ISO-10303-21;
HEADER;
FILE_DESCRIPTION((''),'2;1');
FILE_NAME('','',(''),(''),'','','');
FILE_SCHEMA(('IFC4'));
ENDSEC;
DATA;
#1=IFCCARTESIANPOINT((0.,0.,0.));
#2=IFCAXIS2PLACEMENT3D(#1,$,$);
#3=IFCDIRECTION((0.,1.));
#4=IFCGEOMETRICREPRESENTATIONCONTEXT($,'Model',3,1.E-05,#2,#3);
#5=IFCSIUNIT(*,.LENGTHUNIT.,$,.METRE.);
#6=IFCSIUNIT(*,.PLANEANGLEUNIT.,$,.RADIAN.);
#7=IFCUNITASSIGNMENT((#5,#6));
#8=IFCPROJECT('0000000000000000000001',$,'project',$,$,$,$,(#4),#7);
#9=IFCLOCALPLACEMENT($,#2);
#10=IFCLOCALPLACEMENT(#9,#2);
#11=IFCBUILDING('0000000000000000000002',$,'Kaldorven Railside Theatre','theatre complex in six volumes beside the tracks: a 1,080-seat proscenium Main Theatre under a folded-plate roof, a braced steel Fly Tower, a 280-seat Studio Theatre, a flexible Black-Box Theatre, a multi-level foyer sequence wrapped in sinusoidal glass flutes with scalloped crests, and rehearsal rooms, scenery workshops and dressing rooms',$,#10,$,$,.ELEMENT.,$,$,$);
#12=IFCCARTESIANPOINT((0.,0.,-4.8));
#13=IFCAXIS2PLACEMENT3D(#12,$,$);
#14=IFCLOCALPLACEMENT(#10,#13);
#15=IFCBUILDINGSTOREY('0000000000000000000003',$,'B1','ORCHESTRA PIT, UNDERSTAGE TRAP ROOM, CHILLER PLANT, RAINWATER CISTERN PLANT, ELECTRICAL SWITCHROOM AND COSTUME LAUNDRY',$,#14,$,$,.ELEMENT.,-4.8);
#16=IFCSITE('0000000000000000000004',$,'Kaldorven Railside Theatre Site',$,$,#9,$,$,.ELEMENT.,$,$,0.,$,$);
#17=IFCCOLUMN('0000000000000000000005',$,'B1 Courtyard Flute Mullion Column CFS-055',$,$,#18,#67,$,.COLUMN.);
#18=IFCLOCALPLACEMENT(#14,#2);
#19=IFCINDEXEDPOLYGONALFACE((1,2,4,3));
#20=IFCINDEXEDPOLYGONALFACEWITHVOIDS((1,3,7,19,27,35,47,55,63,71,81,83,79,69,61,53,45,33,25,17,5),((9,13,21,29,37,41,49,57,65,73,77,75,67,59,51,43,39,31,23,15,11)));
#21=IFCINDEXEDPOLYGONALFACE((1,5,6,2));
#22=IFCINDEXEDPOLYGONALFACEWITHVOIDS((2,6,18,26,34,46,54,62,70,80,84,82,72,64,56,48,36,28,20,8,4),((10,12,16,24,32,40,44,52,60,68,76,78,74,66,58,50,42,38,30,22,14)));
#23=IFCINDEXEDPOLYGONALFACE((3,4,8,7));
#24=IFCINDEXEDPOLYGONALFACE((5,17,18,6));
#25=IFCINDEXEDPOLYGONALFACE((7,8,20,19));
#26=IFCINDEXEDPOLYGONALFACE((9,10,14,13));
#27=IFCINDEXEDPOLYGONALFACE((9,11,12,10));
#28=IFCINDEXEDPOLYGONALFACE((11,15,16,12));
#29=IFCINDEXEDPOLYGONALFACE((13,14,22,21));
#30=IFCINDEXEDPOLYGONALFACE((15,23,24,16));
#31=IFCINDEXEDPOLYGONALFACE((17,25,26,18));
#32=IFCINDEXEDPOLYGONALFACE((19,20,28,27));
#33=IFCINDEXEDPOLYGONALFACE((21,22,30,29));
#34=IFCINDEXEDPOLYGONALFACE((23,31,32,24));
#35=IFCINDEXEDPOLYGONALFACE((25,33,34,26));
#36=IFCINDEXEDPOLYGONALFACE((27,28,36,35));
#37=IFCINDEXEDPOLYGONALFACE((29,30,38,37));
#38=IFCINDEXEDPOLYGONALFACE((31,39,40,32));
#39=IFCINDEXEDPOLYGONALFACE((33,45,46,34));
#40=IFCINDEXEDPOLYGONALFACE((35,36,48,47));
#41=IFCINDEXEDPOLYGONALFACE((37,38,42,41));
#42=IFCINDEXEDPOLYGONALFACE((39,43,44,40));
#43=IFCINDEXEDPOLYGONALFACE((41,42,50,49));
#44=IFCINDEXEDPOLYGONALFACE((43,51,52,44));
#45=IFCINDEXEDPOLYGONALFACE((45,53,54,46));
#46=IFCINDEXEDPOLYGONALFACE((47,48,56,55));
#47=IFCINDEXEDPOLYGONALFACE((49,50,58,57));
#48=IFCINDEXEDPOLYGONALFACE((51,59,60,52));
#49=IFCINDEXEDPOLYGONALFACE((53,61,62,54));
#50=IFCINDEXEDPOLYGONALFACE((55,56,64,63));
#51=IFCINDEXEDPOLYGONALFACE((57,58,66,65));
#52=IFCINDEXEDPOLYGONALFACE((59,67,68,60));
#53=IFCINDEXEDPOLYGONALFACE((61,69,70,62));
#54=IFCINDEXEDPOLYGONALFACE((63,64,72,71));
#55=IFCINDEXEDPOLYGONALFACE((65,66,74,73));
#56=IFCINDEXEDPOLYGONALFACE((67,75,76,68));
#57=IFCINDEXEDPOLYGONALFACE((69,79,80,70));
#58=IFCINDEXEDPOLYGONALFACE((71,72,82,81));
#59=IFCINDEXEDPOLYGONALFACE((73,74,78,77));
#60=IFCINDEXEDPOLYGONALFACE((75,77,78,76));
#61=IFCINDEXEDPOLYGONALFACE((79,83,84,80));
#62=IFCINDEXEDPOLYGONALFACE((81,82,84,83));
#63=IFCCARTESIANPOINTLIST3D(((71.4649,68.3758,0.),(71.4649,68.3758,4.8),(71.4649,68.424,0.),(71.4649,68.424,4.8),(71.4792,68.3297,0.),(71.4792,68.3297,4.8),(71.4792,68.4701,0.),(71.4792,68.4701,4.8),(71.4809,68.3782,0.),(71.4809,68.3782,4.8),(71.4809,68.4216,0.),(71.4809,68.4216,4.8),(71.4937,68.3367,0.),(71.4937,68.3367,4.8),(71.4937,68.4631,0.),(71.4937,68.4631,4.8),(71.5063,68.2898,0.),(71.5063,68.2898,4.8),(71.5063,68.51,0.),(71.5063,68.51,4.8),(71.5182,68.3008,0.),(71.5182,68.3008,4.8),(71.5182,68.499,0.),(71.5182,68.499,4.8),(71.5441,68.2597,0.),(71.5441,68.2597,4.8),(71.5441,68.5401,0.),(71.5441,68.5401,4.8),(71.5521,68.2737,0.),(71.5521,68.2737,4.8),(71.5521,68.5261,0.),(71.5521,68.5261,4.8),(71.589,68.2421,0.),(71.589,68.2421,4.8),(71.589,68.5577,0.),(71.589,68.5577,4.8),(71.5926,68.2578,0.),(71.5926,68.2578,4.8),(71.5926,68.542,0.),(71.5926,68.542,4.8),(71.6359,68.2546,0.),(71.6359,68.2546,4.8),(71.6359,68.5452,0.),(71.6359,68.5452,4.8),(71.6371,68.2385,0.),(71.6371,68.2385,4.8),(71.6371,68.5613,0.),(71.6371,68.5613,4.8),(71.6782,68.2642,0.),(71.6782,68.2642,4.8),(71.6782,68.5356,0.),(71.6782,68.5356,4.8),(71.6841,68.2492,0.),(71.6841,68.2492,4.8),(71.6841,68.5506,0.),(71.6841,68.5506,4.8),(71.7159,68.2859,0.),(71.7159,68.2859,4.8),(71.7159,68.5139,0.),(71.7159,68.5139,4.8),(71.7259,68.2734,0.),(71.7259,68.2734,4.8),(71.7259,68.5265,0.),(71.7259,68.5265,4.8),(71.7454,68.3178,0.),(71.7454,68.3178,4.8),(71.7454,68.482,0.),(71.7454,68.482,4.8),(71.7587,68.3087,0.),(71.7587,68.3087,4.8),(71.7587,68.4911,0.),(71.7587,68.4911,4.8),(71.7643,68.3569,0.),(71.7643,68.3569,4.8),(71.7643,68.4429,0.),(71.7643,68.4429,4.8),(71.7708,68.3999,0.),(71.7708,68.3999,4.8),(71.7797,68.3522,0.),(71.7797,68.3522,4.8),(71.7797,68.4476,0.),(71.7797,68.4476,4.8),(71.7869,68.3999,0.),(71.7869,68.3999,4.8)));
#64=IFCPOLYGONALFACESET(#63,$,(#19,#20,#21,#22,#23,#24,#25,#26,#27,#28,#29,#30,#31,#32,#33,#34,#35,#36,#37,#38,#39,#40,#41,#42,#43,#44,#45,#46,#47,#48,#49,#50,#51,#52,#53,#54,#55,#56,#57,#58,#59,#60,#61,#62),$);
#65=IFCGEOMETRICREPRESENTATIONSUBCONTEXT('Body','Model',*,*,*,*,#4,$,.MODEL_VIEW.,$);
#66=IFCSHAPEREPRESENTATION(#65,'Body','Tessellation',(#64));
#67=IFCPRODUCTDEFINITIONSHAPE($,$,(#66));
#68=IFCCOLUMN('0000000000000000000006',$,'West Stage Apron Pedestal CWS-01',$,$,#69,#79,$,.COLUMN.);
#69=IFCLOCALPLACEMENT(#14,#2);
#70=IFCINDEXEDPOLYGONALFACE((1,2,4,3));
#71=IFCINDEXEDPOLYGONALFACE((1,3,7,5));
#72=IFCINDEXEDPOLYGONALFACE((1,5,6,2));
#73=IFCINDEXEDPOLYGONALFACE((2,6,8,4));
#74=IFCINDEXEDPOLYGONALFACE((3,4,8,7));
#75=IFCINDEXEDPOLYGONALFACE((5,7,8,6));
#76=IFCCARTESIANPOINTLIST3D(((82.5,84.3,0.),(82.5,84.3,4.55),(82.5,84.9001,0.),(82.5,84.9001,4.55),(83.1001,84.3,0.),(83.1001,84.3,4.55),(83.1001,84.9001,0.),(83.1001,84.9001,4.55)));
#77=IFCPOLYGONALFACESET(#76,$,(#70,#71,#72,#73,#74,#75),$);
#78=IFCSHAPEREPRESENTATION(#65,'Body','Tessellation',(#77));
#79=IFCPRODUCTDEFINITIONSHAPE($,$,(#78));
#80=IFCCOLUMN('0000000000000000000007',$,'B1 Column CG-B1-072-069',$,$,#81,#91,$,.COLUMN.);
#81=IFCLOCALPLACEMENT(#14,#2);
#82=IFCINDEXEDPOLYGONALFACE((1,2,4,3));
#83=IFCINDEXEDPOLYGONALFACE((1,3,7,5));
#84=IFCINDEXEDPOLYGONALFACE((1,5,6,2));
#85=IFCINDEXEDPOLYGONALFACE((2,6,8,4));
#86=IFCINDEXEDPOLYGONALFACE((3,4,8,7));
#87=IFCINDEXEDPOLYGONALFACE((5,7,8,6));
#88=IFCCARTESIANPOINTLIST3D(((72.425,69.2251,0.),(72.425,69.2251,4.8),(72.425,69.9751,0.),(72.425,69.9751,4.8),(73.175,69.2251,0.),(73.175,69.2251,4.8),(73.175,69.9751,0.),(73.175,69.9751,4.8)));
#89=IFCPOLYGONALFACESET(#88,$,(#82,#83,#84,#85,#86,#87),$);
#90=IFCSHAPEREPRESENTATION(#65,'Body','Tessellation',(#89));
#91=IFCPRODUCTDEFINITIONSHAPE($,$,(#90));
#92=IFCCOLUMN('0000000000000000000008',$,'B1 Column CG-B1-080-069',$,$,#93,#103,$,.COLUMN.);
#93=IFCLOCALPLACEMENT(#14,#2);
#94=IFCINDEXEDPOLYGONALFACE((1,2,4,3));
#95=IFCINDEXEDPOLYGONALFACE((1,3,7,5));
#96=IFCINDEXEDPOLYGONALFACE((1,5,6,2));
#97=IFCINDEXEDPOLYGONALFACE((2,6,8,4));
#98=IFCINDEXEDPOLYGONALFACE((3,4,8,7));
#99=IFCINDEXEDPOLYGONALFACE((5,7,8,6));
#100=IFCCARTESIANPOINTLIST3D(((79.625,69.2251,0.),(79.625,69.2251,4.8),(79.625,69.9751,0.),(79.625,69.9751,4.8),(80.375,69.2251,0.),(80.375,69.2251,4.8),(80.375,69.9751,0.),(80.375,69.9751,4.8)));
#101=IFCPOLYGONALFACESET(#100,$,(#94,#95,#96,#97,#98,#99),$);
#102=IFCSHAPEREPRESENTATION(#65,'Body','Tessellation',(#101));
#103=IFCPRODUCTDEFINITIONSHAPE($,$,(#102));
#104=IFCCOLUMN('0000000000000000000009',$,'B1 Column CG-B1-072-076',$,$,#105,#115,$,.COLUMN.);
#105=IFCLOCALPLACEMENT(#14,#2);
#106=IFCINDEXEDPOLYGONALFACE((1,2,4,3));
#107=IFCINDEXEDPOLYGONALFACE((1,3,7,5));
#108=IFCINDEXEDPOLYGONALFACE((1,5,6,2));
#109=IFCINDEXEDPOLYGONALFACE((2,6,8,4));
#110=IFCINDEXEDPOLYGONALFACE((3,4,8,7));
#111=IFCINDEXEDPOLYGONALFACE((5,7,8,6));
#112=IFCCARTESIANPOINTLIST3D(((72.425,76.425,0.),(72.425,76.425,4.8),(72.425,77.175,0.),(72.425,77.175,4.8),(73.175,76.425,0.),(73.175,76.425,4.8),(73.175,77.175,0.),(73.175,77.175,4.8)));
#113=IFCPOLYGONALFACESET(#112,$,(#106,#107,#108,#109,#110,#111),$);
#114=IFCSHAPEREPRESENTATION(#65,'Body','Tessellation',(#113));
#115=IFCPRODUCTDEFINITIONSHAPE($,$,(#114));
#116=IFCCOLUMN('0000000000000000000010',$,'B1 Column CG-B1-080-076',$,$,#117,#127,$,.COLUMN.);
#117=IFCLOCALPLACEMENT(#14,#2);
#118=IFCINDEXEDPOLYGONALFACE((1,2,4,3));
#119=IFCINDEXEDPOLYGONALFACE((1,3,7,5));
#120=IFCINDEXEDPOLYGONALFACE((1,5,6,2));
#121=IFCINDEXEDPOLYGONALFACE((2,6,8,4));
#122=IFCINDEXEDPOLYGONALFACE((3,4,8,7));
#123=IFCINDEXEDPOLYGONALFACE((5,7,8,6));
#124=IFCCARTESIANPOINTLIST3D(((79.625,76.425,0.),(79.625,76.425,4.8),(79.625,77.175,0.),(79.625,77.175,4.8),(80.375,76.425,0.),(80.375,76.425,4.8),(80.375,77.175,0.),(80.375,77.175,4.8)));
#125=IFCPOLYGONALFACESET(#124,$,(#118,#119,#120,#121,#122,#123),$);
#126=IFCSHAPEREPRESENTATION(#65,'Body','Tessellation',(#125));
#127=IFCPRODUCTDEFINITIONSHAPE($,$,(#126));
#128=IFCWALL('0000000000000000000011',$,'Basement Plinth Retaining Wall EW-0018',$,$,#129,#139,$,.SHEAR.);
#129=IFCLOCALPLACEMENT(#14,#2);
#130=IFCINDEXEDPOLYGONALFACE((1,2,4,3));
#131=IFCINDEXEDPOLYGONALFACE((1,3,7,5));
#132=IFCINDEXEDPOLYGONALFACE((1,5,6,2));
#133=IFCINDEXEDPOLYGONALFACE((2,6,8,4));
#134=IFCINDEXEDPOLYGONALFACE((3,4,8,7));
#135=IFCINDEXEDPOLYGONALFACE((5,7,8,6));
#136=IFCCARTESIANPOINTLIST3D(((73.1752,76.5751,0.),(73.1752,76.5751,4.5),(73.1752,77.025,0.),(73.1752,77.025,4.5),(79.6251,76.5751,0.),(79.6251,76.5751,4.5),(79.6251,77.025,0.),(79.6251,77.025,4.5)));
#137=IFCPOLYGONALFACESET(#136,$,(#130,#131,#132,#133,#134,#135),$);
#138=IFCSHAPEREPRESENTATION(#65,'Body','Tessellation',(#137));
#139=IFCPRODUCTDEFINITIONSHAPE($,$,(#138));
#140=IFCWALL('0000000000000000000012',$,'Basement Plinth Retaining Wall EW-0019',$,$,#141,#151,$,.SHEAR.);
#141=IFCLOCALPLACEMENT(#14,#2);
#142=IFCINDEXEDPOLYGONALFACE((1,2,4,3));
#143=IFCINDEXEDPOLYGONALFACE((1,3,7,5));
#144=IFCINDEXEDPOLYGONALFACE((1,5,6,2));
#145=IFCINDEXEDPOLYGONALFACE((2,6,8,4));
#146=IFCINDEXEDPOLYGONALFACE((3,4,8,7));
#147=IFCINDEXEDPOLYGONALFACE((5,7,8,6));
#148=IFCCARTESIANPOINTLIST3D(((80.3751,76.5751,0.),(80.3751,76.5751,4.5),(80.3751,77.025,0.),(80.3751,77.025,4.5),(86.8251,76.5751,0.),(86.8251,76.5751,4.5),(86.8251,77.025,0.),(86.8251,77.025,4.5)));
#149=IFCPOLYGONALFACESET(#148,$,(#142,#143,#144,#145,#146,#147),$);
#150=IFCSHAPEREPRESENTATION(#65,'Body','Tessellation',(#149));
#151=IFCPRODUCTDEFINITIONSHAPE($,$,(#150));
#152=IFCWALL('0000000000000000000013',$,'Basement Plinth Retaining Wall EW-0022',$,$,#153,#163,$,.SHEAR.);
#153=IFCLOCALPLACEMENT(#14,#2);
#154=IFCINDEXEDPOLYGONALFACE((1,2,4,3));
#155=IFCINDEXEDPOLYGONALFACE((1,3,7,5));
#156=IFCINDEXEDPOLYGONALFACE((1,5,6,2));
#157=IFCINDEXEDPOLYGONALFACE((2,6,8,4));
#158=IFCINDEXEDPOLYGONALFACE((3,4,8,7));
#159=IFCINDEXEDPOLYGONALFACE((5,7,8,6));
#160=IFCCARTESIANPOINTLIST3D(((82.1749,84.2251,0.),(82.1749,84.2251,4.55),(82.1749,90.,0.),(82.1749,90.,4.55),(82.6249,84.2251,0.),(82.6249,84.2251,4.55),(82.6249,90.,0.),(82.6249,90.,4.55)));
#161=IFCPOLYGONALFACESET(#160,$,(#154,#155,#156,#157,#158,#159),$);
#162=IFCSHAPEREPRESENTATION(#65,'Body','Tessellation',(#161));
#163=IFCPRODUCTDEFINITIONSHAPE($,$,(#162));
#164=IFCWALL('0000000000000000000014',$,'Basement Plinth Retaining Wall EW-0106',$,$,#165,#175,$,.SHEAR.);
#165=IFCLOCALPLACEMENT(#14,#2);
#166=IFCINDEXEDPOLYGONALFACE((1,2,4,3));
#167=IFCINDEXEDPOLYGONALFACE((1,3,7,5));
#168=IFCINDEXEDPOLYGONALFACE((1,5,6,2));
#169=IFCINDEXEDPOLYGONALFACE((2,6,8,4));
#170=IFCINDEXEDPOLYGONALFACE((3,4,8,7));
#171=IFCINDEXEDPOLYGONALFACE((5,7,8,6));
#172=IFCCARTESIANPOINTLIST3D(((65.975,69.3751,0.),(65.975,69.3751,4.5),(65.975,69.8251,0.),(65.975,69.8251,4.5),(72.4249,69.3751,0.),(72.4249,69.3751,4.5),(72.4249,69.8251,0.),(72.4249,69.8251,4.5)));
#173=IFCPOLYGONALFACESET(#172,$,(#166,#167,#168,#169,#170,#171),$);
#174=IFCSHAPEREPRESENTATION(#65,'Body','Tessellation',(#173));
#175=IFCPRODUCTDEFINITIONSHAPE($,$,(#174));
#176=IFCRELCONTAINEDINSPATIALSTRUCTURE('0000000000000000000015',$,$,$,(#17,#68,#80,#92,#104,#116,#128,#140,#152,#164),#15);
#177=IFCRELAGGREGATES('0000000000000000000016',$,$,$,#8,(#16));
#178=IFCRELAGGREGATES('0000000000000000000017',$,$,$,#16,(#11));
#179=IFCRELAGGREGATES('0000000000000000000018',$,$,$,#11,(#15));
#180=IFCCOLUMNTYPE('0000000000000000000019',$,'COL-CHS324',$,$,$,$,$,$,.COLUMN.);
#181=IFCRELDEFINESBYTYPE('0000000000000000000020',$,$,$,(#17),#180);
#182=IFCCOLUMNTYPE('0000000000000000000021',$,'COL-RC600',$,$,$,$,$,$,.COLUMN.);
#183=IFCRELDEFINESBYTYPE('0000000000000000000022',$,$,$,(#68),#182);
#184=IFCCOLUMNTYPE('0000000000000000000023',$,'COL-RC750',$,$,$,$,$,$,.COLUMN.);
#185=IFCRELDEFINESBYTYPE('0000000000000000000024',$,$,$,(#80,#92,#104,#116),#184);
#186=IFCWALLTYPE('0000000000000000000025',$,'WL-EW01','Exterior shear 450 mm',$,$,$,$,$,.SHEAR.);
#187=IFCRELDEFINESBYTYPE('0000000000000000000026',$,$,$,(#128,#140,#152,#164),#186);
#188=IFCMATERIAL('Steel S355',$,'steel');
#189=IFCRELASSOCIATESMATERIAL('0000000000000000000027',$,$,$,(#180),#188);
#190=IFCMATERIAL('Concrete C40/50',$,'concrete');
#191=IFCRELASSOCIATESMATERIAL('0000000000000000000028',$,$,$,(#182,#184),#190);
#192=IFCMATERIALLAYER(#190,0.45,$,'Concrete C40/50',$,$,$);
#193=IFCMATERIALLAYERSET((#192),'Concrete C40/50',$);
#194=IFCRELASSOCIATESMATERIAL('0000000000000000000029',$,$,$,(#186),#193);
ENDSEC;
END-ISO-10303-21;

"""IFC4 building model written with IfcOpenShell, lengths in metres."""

from ifc_helpers import new_model, si_unit, direction, frame, frame_2d, origin, origin_2d, place, context, subcontext, project, spatial, rectangle, hollow_circle, extrude, material, layer, layer_set, material_profile, profile_set, type_object, element, save


model = new_model("IFC4")

# Units and contexts
model_context = context("Model", 3, precision=1e-05, world=origin(), true_north=direction((0.0, 1.0)))
body_context = subcontext(model_context, "Body", "Model", "MODEL_VIEW")
ifc_project = project(units=[si_unit("LENGTHUNIT", "METRE"), si_unit("PLANEANGLEUNIT", "RADIAN")], contexts=[model_context])

# Site, building, storey
site_placement = place(None, origin())
site = spatial("IfcSite", under=ifc_project, at=site_placement, Name="Kaldorven Railside Theatre Site", CompositionType="ELEMENT", RefElevation=0.0)
building_placement = place(site_placement, origin())
building = spatial("IfcBuilding", under=site, at=building_placement, Name="Kaldorven Railside Theatre", Description="theatre complex in six volumes beside the tracks: a 1,080-seat proscenium Main Theatre under a folded-plate roof, a braced steel Fly Tower, a 280-seat Studio Theatre, a flexible Black-Box Theatre, a multi-level foyer sequence wrapped in sinusoidal glass flutes with scalloped crests, and rehearsal rooms, scenery workshops and dressing rooms", CompositionType="ELEMENT")
storey_placement = place(building_placement, frame((0.0, 0.0, -4.8)))
storey = spatial("IfcBuildingStorey", under=building, at=storey_placement, Name="B1", Description="ORCHESTRA PIT, UNDERSTAGE TRAP ROOM, CHILLER PLANT, RAINWATER CISTERN PLANT, ELECTRICAL SWITCHROOM AND COSTUME LAUNDRY", CompositionType="ELEMENT", Elevation=-4.8)

# Shared definitions
ifc_material_1 = material(Name="Concrete C40/50", Category="concrete")

# Columns
ifc_material_2 = material(Name="Steel S355", Category="steel")
ifc_material_profile_1 = material_profile(ifc_material_2, hollow_circle(Radius=0.1619, WallThickness=0.0161, at=origin_2d()), Name="CHS 323.9x16")
ifc_profile_set_1 = profile_set([ifc_material_profile_1], Name="Steel S355")
column_type_1 = type_object("IfcColumnType", Name="COL-CHS324", PredefinedType="COLUMN", material=ifc_profile_set_1)
for number, where, z_axis, x_axis, name in (
    (1, (71.625, 68.3999, 0.0), (0.0, 0.0, 1.0), (1.0, 0.0, 0.0), "B1 Courtyard Flute Mullion Column CFS-055"),
):
    element("IfcColumn", number, at=place(storey_placement, frame(where, z_axis=z_axis, x_axis=x_axis)), inside=storey, type_object=column_type_1, Name=name, PredefinedType="COLUMN", context=body_context, shape_type="SweptSolid", body=[
        extrude(hollow_circle(Radius=0.1619, WallThickness=0.0161, at=origin_2d()), origin(), (0.0, 0.0, 1.0), 4.8),
    ])
ifc_material_profile_2 = material_profile(ifc_material_1, rectangle(XDim=0.6001, YDim=0.6001, at=origin_2d()), Name="RC 600x600")
ifc_profile_set_2 = profile_set([ifc_material_profile_2], Name="Concrete C40/50")
column_type_2 = type_object("IfcColumnType", Name="COL-RC600", PredefinedType="COLUMN", material=ifc_profile_set_2)
column_placement = place(storey_placement, frame((82.8, 84.6001, 0.0), z_axis=(0.0, 0.0, 1.0), x_axis=(1.0, 0.0, 0.0)))
element("IfcColumn", 2, at=column_placement, inside=storey, type_object=column_type_2, Name="West Stage Apron Pedestal CWS-01", PredefinedType="COLUMN", context=body_context, shape_type="SweptSolid", body=[
    extrude(rectangle(XDim=0.6001, YDim=0.6001, at=origin_2d()), origin(), (0.0, 0.0, 1.0), 4.55),
])
ifc_material_profile_3 = material_profile(ifc_material_1, rectangle(XDim=0.75, YDim=0.75, at=origin_2d()), Name="RC 750x750")
ifc_profile_set_3 = profile_set([ifc_material_profile_3], Name="Concrete C40/50")
column_type_3 = type_object("IfcColumnType", Name="COL-RC750", PredefinedType="COLUMN", material=ifc_profile_set_3)
for number, where, z_axis, x_axis, name in (
    (3, (72.8, 69.6001, 0.0), (0.0, 0.0, 1.0), (1.0, 0.0, 0.0), "B1 Column CG-B1-072-069"),
    (4, (80.0, 69.6001, 0.0), (0.0, 0.0, 1.0), (0.0, 1.0, 0.0), "B1 Column CG-B1-080-069"),
    (5, (72.8, 76.8, 0.0), (0.0, 0.0, 1.0), (0.0, 1.0, 0.0), "B1 Column CG-B1-072-076"),
    (6, (80.0, 76.8, 0.0), (0.0, 0.0, 1.0), (1.0, 0.0, 0.0), "B1 Column CG-B1-080-076"),
):
    element("IfcColumn", number, at=place(storey_placement, frame(where, z_axis=z_axis, x_axis=x_axis)), inside=storey, type_object=column_type_3, Name=name, PredefinedType="COLUMN", context=body_context, shape_type="SweptSolid", body=[
        extrude(rectangle(XDim=0.75, YDim=0.75, at=origin_2d()), origin(), (0.0, 0.0, 1.0), 4.8),
    ])

# Walls
ifc_layer = layer(ifc_material_1, 0.45, Name="Concrete C40/50")
ifc_layer_set = layer_set([ifc_layer], Name="Concrete C40/50")
wall_type = type_object("IfcWallType", Name="WL-EW01", Description="Exterior shear 450 mm", PredefinedType="SHEAR", material=ifc_layer_set)
for number, where, z_axis, x_axis, name in (
    (7, (73.175, 76.8, 0.0), (0.0, 0.0, 1.0), (1.0, 0.0, 0.0), "Basement Plinth Retaining Wall EW-0018"),
    (8, (80.375, 76.8, 0.0), (0.0, 0.0, 1.0), (1.0, 0.0, 0.0), "Basement Plinth Retaining Wall EW-0019"),
):
    element("IfcWall", number, at=place(storey_placement, frame(where, z_axis=z_axis, x_axis=x_axis)), inside=storey, type_object=wall_type, Name=name, PredefinedType="SHEAR", context=body_context, shape_type="SweptSolid", body=[
        extrude(rectangle(XDim=6.45, YDim=0.45, at=frame_2d((3.2251, 0.0))), origin(), (0.0, 0.0, 1.0), 4.5),
    ])
wall_1_placement = place(storey_placement, frame((82.3999, 84.2251, 0.0), z_axis=(0.0, 0.0, 1.0), x_axis=(0.0, 1.0, 0.0)))
element("IfcWall", 9, at=wall_1_placement, inside=storey, type_object=wall_type, Name="Basement Plinth Retaining Wall EW-0022", PredefinedType="SHEAR", context=body_context, shape_type="SweptSolid", body=[
    extrude(rectangle(XDim=5.7749, YDim=0.45, at=frame_2d((2.8875, 0.0))), origin(), (0.0, 0.0, 1.0), 4.55),
])
wall_2_placement = place(storey_placement, frame((72.425, 69.6001, 0.0), z_axis=(0.0, 0.0, 1.0), x_axis=(-1.0, 0.0, 0.0)))
element("IfcWall", 10, at=wall_2_placement, inside=storey, type_object=wall_type, Name="Basement Plinth Retaining Wall EW-0106", PredefinedType="SHEAR", context=body_context, shape_type="SweptSolid", body=[
    extrude(rectangle(XDim=6.45, YDim=0.45, at=frame_2d((3.2251, 0.0))), origin(), (0.0, 0.0, 1.0), 4.5),
])

save(model, "model.ifc")
